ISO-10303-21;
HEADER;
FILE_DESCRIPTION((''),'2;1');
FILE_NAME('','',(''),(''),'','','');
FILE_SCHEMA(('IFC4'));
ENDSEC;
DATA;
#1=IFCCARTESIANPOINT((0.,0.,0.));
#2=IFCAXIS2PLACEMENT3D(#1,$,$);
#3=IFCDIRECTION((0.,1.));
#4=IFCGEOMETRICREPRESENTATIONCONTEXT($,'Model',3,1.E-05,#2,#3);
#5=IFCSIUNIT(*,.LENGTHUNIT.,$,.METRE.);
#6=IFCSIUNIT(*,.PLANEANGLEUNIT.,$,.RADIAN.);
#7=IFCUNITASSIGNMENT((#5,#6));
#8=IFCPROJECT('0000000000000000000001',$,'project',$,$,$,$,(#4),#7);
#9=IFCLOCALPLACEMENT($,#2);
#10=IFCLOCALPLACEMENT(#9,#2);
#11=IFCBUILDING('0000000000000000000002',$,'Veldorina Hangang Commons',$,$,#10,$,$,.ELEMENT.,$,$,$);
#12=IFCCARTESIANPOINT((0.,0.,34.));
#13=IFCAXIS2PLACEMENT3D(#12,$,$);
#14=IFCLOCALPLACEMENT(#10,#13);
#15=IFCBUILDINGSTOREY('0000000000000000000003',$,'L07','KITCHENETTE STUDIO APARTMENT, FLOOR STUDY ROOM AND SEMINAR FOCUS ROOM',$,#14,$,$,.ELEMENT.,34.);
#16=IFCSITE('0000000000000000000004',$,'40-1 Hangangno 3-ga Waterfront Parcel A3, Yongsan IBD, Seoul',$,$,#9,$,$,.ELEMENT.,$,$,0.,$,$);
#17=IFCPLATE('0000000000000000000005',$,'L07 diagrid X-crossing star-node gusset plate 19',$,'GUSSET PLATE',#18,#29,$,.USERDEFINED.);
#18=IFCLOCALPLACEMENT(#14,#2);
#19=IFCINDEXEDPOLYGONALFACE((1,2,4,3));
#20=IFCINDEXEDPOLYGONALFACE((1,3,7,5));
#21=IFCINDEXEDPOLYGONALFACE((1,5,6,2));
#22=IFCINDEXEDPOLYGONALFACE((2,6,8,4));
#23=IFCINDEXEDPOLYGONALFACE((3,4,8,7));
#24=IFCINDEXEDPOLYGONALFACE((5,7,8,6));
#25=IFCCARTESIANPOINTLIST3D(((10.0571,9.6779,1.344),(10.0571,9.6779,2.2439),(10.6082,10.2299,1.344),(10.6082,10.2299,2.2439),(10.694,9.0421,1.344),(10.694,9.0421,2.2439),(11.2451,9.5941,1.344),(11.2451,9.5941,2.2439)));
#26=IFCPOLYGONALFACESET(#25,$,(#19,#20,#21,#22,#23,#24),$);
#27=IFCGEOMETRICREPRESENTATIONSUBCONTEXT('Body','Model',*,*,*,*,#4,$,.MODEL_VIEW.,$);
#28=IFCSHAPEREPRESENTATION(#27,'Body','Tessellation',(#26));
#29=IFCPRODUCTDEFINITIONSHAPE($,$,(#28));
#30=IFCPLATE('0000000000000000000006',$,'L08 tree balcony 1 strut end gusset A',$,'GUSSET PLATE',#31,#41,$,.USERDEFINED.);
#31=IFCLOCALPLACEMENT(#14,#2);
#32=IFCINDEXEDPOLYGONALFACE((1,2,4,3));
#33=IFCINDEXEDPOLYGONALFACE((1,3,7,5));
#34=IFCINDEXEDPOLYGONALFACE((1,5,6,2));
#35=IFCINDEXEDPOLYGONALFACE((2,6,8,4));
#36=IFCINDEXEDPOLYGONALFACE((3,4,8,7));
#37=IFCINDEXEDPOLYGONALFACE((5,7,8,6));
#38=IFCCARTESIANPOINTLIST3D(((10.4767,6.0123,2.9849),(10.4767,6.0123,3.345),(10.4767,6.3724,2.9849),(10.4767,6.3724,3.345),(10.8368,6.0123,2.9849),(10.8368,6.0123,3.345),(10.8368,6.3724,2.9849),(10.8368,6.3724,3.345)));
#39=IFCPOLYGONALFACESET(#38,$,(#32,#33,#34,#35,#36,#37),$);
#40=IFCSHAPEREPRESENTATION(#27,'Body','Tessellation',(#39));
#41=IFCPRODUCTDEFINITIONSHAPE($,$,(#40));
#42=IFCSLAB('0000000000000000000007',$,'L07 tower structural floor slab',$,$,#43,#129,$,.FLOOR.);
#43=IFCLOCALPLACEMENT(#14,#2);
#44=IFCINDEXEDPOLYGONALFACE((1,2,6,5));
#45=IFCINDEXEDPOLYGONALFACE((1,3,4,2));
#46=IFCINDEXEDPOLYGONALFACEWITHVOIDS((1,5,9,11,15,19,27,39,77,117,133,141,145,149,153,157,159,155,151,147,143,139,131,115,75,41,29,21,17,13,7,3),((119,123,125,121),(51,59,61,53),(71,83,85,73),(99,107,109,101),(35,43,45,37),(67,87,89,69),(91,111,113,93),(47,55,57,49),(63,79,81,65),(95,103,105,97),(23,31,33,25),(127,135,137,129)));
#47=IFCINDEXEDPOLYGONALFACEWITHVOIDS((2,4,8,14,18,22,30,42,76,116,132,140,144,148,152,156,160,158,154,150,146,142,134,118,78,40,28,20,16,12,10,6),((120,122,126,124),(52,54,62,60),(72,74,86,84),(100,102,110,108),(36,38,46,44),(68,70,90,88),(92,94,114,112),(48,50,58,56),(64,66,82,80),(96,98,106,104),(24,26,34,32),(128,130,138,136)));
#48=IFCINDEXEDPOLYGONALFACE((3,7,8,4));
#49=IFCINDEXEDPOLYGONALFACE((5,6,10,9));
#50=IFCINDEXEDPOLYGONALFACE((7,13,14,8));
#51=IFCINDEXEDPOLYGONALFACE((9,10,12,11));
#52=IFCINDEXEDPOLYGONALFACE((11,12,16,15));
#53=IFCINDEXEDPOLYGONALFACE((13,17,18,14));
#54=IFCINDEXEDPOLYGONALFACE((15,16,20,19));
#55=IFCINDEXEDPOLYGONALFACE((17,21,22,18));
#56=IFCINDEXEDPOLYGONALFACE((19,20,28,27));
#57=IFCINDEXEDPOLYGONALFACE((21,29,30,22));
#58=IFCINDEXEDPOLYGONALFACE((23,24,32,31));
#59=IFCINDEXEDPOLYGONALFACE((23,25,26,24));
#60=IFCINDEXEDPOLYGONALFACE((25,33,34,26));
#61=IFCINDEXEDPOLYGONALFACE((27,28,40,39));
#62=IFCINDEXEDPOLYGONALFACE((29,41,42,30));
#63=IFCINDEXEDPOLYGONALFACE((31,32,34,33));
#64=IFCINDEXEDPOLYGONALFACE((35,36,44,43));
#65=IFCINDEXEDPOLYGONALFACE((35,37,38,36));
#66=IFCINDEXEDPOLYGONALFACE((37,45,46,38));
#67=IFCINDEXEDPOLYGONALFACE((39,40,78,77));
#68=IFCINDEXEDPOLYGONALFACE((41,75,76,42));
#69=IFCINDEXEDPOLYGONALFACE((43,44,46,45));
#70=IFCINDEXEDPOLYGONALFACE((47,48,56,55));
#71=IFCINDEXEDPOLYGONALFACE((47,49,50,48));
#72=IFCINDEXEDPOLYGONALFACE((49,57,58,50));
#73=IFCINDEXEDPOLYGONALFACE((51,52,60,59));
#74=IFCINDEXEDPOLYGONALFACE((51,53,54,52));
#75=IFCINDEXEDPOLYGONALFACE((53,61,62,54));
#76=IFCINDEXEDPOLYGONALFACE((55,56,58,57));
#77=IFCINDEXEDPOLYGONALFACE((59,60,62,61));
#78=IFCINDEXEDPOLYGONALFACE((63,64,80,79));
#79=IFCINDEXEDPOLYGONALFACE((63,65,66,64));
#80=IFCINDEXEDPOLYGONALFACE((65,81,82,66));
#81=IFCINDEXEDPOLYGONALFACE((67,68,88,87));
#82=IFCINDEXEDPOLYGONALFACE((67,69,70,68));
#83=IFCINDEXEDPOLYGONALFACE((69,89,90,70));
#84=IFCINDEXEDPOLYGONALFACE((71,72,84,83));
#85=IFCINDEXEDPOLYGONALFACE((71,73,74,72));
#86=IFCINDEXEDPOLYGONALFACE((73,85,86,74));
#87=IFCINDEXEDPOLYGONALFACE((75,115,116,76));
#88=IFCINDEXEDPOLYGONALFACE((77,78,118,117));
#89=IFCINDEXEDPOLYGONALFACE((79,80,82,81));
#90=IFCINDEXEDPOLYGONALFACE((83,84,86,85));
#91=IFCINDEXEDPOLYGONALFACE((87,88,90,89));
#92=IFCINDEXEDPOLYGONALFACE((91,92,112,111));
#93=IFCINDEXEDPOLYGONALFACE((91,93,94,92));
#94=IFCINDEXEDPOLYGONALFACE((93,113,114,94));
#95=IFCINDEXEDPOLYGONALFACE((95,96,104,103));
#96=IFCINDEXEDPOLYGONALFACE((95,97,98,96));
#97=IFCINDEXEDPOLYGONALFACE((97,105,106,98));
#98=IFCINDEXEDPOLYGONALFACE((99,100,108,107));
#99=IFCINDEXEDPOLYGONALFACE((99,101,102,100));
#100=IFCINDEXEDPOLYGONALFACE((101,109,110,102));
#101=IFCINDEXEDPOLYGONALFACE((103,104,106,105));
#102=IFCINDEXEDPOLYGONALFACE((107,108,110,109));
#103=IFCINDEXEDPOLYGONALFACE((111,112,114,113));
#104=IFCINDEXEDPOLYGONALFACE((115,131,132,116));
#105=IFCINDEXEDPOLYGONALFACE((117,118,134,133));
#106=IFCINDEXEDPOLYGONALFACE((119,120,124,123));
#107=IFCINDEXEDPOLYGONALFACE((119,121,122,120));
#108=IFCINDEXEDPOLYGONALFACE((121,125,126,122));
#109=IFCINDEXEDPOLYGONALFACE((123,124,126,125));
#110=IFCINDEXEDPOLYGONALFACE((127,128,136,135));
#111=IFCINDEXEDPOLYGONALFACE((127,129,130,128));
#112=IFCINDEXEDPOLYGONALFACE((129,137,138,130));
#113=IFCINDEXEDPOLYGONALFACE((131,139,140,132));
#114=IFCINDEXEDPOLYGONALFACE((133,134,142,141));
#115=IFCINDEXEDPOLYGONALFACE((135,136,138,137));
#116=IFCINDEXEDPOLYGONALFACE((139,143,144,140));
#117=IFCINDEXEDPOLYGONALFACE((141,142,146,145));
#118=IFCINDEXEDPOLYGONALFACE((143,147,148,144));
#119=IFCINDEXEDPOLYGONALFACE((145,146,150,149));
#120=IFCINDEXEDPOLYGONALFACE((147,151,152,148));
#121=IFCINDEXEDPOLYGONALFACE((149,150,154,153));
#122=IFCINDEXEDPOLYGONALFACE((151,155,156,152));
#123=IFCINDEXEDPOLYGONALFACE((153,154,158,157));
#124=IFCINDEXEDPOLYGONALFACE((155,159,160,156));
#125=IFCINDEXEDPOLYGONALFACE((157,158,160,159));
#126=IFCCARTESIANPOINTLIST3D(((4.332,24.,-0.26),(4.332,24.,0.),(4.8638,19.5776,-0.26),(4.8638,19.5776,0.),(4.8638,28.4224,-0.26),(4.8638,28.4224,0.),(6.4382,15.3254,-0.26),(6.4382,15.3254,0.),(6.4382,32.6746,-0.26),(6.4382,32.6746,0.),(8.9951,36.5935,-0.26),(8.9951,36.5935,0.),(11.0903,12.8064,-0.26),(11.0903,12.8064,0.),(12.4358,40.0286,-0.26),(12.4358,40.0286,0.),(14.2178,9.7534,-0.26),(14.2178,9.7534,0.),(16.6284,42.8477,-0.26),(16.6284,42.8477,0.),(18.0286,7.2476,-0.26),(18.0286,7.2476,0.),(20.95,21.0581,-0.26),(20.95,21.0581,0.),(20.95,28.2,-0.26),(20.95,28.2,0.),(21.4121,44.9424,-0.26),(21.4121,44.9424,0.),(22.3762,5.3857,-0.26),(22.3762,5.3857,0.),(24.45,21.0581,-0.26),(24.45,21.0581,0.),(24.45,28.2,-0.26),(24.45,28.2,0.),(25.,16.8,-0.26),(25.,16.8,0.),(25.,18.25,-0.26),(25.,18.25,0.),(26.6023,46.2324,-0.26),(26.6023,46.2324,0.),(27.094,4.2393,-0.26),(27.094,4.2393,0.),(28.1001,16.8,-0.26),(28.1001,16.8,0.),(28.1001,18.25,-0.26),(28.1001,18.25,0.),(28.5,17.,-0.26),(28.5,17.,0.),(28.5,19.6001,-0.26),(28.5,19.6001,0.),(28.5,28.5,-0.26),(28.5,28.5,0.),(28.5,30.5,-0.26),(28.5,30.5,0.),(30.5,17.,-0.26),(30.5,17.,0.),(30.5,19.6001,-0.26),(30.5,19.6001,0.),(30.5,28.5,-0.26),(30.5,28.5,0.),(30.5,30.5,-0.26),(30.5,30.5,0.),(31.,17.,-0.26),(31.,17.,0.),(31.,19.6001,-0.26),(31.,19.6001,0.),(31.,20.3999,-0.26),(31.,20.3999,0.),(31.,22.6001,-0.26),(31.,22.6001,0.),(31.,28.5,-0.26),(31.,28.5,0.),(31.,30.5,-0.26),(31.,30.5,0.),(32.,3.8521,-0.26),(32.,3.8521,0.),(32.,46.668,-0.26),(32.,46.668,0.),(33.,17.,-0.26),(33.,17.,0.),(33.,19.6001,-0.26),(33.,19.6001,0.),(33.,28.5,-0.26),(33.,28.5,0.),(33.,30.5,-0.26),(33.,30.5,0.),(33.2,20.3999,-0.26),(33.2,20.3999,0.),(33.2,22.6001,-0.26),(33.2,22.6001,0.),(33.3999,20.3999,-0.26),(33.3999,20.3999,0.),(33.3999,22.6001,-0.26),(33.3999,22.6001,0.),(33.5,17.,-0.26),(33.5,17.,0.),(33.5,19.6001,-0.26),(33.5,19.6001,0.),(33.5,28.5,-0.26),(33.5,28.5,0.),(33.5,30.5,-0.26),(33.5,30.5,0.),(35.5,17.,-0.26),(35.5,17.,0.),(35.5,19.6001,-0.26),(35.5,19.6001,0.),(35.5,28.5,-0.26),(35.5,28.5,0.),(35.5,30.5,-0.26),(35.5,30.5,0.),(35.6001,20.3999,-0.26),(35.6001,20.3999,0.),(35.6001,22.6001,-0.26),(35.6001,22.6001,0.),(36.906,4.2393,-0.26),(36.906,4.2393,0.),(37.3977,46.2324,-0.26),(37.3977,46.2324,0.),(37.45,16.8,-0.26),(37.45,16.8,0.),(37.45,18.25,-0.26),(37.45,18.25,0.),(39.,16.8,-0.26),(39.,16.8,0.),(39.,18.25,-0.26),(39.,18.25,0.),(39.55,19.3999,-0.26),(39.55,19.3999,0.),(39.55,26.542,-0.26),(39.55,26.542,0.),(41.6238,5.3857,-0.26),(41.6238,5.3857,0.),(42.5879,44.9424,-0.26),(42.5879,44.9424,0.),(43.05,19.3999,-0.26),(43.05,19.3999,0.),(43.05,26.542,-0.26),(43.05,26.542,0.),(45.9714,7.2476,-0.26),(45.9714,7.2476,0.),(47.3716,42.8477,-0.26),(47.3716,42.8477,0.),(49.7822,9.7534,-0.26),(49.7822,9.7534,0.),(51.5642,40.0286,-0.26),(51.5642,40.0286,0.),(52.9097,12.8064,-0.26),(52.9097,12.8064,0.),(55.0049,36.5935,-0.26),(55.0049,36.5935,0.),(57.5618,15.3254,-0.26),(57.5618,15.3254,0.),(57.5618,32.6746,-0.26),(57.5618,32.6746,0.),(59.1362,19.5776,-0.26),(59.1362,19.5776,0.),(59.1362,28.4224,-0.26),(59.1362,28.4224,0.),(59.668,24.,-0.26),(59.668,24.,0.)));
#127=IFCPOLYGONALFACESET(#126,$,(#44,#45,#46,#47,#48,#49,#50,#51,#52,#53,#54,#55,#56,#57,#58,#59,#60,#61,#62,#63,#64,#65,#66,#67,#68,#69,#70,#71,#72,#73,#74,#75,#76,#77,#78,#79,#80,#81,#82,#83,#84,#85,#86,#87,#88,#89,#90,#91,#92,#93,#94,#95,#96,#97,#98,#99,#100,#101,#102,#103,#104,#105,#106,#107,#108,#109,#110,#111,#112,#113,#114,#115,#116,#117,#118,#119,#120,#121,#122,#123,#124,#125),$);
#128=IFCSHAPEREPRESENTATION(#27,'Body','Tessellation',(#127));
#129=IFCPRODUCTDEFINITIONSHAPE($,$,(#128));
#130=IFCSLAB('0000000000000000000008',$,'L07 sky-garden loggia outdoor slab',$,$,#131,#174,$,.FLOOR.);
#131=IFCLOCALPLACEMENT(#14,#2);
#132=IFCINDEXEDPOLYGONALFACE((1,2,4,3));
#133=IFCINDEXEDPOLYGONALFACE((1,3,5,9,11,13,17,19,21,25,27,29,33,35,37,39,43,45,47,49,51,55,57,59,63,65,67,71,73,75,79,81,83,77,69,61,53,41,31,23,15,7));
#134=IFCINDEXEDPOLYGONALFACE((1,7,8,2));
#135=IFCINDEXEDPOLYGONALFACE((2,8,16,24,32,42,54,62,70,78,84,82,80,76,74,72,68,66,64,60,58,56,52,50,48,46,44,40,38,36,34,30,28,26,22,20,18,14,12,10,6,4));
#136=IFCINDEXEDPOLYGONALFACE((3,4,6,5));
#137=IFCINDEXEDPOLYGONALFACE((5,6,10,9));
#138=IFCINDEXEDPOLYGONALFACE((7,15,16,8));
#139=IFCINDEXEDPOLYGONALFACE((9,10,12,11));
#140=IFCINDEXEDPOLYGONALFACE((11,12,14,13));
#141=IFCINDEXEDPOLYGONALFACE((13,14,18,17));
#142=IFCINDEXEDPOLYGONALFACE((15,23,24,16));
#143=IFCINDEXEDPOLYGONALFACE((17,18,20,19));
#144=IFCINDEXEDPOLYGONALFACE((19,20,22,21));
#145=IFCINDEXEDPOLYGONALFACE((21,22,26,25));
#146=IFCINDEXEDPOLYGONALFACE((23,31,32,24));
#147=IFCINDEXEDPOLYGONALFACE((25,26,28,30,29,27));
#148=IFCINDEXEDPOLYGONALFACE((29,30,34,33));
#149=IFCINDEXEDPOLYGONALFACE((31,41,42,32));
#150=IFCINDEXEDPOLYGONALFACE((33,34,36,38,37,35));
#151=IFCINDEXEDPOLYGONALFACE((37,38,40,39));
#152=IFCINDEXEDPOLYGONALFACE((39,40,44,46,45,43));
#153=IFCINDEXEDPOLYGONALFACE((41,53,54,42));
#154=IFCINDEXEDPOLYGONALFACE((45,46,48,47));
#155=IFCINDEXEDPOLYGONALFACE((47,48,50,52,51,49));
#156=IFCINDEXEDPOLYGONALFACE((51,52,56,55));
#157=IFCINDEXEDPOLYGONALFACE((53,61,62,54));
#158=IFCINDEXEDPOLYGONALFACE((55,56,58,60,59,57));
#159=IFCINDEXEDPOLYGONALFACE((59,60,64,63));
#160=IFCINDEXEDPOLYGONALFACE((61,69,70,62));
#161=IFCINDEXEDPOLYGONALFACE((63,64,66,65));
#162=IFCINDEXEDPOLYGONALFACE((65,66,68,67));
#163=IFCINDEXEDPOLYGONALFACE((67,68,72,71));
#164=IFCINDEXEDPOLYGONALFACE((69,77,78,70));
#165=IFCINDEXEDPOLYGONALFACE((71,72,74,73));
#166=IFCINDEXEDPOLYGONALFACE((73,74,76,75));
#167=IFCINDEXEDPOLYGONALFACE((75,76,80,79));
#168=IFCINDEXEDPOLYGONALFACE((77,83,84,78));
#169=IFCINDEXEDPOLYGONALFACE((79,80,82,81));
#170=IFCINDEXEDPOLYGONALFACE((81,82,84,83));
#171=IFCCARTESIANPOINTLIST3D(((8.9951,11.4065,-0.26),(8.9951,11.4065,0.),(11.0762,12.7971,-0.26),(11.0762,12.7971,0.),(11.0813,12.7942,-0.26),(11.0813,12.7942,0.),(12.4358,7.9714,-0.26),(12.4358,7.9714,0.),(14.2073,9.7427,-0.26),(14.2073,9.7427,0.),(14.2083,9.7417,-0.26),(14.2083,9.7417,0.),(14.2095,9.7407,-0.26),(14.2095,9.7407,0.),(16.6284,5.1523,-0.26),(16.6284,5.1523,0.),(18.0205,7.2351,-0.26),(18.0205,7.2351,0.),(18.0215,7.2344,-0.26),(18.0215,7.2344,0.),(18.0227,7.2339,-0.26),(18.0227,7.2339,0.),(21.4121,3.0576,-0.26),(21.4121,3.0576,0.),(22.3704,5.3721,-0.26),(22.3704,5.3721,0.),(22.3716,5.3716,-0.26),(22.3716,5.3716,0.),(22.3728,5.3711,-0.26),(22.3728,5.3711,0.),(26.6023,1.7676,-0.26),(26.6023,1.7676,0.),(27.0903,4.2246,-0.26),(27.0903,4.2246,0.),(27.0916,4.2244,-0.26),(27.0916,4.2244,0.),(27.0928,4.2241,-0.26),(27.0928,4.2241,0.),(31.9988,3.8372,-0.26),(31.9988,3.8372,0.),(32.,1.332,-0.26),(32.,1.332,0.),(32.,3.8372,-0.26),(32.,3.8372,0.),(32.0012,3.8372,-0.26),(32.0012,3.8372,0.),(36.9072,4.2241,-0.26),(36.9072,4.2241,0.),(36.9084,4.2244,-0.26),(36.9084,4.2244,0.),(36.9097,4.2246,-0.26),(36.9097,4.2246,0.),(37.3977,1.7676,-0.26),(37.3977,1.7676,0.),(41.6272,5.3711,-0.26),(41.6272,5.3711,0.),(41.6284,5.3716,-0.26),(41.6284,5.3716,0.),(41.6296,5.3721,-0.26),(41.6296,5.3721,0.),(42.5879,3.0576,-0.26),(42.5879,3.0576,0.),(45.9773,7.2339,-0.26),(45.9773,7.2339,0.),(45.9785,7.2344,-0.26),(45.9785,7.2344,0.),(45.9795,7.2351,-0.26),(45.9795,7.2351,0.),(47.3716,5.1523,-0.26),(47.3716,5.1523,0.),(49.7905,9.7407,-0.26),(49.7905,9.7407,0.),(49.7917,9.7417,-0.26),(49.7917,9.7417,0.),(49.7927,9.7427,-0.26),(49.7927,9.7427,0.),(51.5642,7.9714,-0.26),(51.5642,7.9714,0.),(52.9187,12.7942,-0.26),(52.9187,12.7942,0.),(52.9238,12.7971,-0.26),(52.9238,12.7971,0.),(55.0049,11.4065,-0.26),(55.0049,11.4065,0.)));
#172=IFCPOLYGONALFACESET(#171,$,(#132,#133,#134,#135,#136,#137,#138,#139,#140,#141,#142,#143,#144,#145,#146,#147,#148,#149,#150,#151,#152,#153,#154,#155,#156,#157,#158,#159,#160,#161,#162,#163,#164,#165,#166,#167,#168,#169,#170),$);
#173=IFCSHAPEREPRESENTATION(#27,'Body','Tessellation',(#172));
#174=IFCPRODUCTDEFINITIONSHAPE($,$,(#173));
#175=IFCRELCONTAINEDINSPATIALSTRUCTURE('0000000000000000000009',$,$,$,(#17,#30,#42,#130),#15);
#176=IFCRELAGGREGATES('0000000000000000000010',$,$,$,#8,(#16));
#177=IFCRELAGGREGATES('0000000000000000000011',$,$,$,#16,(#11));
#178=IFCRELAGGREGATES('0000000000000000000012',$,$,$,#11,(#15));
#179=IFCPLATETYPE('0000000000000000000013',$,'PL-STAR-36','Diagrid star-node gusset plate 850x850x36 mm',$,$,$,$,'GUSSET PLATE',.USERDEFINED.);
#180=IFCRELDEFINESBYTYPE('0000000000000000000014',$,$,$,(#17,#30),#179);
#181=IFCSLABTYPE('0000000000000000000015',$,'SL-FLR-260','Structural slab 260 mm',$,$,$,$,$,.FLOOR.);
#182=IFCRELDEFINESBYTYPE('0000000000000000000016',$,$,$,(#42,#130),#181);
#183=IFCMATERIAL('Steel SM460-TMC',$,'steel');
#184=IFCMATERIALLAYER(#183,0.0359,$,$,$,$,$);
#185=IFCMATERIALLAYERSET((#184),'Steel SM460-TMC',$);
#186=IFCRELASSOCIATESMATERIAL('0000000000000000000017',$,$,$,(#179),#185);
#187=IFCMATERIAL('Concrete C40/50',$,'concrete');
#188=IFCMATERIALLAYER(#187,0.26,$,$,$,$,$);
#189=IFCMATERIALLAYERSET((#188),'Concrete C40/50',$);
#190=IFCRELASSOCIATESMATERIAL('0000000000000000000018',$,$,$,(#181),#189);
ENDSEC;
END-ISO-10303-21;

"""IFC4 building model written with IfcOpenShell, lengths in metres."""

from ifc_helpers import new_model, si_unit, direction, frame, origin, origin_2d, place, context, subcontext, project, spatial, polyline, rectangle, outline, extrude, material, layer, layer_set, type_object, element, save


model = new_model("IFC4")

# Units and contexts
model_context = context("Model", 3, precision=1e-05, world=origin(), true_north=direction((0.0, 1.0)))
body_context = subcontext(model_context, "Body", "Model", "MODEL_VIEW")
ifc_project = project(units=[si_unit("LENGTHUNIT", "METRE"), si_unit("PLANEANGLEUNIT", "RADIAN")], contexts=[model_context])

# Site, building, storey
site_placement = place(None, origin())
site = spatial("IfcSite", under=ifc_project, at=site_placement, Name="40-1 Hangangno 3-ga Waterfront Parcel A3, Yongsan IBD, Seoul", CompositionType="ELEMENT", RefElevation=0.0)
building_placement = place(site_placement, origin())
building = spatial("IfcBuilding", under=site, at=building_placement, Name="Veldorina Hangang Commons", CompositionType="ELEMENT")
storey_placement = place(building_placement, frame((0.0, 0.0, 34.0)))
storey = spatial("IfcBuildingStorey", under=building, at=storey_placement, Name="L07", Description="KITCHENETTE STUDIO APARTMENT, FLOOR STUDY ROOM AND SEMINAR FOCUS ROOM", CompositionType="ELEMENT", Elevation=34.0)

# Shared definitions
ifc_material_1 = material(Name="Steel SM460-TMC", Category="steel")

# Plates
ifc_layer_1 = layer(ifc_material_1, 0.0359)
ifc_layer_set_1 = layer_set([ifc_layer_1], Name="Steel SM460-TMC")
plate_type = type_object("IfcPlateType", Name="PL-STAR-36", Description="Diagrid star-node gusset plate 850x850x36 mm", ElementType="GUSSET PLATE", PredefinedType="USERDEFINED", material=ifc_layer_set_1)
plate_1_placement = place(storey_placement, frame((10.6511, 9.636, 1.344), z_axis=(0.0, 0.0, 1.0), x_axis=(0.707699, -0.706514, 0.0)))
element("IfcPlate", 1, at=plate_1_placement, inside=storey, type_object=plate_type, Name="L07 diagrid X-crossing star-node gusset plate 19", ObjectType="GUSSET PLATE", PredefinedType="USERDEFINED", context=body_context, shape_type="SweptSolid", body=[
    extrude(rectangle(XDim=0.8999, YDim=0.78, at=origin_2d()), origin(), (0.0, 0.0, 1.0), 0.8999),
])
plate_2_placement = place(storey_placement, frame((10.6567, 6.1924, 2.9849), z_axis=(0.0, 0.0, 1.0), x_axis=(1.0, 0.0, 0.0)))
element("IfcPlate", 2, at=plate_2_placement, inside=storey, type_object=plate_type, Name="L08 tree balcony 1 strut end gusset A", ObjectType="GUSSET PLATE", PredefinedType="USERDEFINED", context=body_context, shape_type="SweptSolid", body=[
    extrude(rectangle(XDim=0.3601, YDim=0.3601, at=origin_2d()), origin(), (0.0, 0.0, 1.0), 0.3601),
])

# Slabs
ifc_material_2 = material(Name="Concrete C40/50", Category="concrete")
ifc_layer_2 = layer(ifc_material_2, 0.26)
ifc_layer_set_2 = layer_set([ifc_layer_2], Name="Concrete C40/50")
slab_type_1 = type_object("IfcSlabType", Name="SL-FLR-260", Description="Structural slab 260 mm", PredefinedType="FLOOR", material=ifc_layer_set_2)
slab_1_placement = place(storey_placement, frame((0.0, 0.0, -0.26)))
element("IfcSlab", 3, at=slab_1_placement, inside=storey, type_object=slab_type_1, Name="L07 tower structural floor slab", PredefinedType="FLOOR", context=body_context, shape_type="SweptSolid", body=[
    extrude(outline(polyline([(59.668, 24.0), (59.1362, 28.4224), (57.5618, 32.6746), (55.0049, 36.5935), (51.5642, 40.0286), (47.3716, 42.8477), (42.5879, 44.9424), (37.3977, 46.2324), (32.0, 46.668), (26.6023, 46.2324), (21.4121, 44.9424), (16.6284, 42.8477), (12.4358, 40.0286), (8.9951, 36.5935), (6.4382, 32.6746), (4.8638, 28.4224), (4.332, 24.0), (4.8638, 19.5776), (6.4382, 15.3254), (11.0903, 12.8064), (14.2178, 9.7534), (18.0286, 7.2476), (22.3762, 5.3857), (27.094, 4.2393), (32.0, 3.8521), (36.906, 4.2393), (41.6238, 5.3857), (45.9714, 7.2476), (49.7822, 9.7534), (52.9097, 12.8064), (57.5618, 15.3254), (59.1362, 19.5776), (59.668, 24.0)]), holes=[polyline([(20.95, 21.0581), (20.95, 28.2), (24.45, 28.2), (24.45, 21.0581), (20.95, 21.0581)]), polyline([(43.05, 26.542), (43.05, 19.3999), (39.55, 19.3999), (39.55, 26.542), (43.05, 26.542)]), polyline([(28.5, 30.5), (30.5, 30.5), (30.5, 28.5), (28.5, 28.5), (28.5, 30.5)]), polyline([(31.0, 30.5), (33.0, 30.5), (33.0, 28.5), (31.0, 28.5), (31.0, 30.5)]), polyline([(33.5, 30.5), (35.5, 30.5), (35.5, 28.5), (33.5, 28.5), (33.5, 30.5)]), polyline([(31.0, 22.6001), (33.2, 22.6001), (33.2, 20.3999), (31.0, 20.3999), (31.0, 22.6001)]), polyline([(33.3999, 22.6001), (35.6001, 22.6001), (35.6001, 20.3999), (33.3999, 20.3999), (33.3999, 22.6001)]), polyline([(28.5, 19.6001), (30.5, 19.6001), (30.5, 17.0), (28.5, 17.0), (28.5, 19.6001)]), polyline([(31.0, 19.6001), (33.0, 19.6001), (33.0, 17.0), (31.0, 17.0), (31.0, 19.6001)]), polyline([(33.5, 19.6001), (35.5, 19.6001), (35.5, 17.0), (33.5, 17.0), (33.5, 19.6001)]), polyline([(25.0, 18.25), (28.1001, 18.25), (28.1001, 16.8), (25.0, 16.8), (25.0, 18.25)]), polyline([(37.45, 18.25), (39.0, 18.25), (39.0, 16.8), (37.45, 16.8), (37.45, 18.25)])]), origin(), (0.0, 0.0, 1.0), 0.26),
])
slab_2_placement = place(storey_placement, frame((0.0, 0.0, -0.26)))
element("IfcSlab", 4, at=slab_2_placement, inside=storey, type_object=slab_type_1, Name="L07 sky-garden loggia outdoor slab", PredefinedType="FLOOR", context=body_context, shape_type="SweptSolid", body=[
    extrude(outline(polyline([(55.0049, 11.4065), (51.5642, 7.9714), (47.3716, 5.1523), (42.5879, 3.0576), (37.3977, 1.7676), (32.0, 1.332), (26.6023, 1.7676), (21.4121, 3.0576), (16.6284, 5.1523), (12.4358, 7.9714), (8.9951, 11.4065), (11.0762, 12.7971), (11.0813, 12.7942), (14.2073, 9.7427), (14.2083, 9.7417), (14.2095, 9.7407), (18.0205, 7.2351), (18.0215, 7.2344), (18.0227, 7.2339), (22.3704, 5.3721), (22.3716, 5.3716), (22.3728, 5.3711), (27.0903, 4.2246), (27.0916, 4.2244), (27.0928, 4.2241), (31.9988, 3.8372), (32.0, 3.8372), (32.0012, 3.8372), (36.9072, 4.2241), (36.9084, 4.2244), (36.9097, 4.2246), (41.6272, 5.3711), (41.6284, 5.3716), (41.6296, 5.3721), (45.9773, 7.2339), (45.9785, 7.2344), (45.9795, 7.2351), (49.7905, 9.7407), (49.7917, 9.7417), (49.7927, 9.7427), (52.9187, 12.7942), (52.9238, 12.7971), (55.0049, 11.4065)])), origin(), (0.0, 0.0, 1.0), 0.26),
])

save(model, "model.ifc")
